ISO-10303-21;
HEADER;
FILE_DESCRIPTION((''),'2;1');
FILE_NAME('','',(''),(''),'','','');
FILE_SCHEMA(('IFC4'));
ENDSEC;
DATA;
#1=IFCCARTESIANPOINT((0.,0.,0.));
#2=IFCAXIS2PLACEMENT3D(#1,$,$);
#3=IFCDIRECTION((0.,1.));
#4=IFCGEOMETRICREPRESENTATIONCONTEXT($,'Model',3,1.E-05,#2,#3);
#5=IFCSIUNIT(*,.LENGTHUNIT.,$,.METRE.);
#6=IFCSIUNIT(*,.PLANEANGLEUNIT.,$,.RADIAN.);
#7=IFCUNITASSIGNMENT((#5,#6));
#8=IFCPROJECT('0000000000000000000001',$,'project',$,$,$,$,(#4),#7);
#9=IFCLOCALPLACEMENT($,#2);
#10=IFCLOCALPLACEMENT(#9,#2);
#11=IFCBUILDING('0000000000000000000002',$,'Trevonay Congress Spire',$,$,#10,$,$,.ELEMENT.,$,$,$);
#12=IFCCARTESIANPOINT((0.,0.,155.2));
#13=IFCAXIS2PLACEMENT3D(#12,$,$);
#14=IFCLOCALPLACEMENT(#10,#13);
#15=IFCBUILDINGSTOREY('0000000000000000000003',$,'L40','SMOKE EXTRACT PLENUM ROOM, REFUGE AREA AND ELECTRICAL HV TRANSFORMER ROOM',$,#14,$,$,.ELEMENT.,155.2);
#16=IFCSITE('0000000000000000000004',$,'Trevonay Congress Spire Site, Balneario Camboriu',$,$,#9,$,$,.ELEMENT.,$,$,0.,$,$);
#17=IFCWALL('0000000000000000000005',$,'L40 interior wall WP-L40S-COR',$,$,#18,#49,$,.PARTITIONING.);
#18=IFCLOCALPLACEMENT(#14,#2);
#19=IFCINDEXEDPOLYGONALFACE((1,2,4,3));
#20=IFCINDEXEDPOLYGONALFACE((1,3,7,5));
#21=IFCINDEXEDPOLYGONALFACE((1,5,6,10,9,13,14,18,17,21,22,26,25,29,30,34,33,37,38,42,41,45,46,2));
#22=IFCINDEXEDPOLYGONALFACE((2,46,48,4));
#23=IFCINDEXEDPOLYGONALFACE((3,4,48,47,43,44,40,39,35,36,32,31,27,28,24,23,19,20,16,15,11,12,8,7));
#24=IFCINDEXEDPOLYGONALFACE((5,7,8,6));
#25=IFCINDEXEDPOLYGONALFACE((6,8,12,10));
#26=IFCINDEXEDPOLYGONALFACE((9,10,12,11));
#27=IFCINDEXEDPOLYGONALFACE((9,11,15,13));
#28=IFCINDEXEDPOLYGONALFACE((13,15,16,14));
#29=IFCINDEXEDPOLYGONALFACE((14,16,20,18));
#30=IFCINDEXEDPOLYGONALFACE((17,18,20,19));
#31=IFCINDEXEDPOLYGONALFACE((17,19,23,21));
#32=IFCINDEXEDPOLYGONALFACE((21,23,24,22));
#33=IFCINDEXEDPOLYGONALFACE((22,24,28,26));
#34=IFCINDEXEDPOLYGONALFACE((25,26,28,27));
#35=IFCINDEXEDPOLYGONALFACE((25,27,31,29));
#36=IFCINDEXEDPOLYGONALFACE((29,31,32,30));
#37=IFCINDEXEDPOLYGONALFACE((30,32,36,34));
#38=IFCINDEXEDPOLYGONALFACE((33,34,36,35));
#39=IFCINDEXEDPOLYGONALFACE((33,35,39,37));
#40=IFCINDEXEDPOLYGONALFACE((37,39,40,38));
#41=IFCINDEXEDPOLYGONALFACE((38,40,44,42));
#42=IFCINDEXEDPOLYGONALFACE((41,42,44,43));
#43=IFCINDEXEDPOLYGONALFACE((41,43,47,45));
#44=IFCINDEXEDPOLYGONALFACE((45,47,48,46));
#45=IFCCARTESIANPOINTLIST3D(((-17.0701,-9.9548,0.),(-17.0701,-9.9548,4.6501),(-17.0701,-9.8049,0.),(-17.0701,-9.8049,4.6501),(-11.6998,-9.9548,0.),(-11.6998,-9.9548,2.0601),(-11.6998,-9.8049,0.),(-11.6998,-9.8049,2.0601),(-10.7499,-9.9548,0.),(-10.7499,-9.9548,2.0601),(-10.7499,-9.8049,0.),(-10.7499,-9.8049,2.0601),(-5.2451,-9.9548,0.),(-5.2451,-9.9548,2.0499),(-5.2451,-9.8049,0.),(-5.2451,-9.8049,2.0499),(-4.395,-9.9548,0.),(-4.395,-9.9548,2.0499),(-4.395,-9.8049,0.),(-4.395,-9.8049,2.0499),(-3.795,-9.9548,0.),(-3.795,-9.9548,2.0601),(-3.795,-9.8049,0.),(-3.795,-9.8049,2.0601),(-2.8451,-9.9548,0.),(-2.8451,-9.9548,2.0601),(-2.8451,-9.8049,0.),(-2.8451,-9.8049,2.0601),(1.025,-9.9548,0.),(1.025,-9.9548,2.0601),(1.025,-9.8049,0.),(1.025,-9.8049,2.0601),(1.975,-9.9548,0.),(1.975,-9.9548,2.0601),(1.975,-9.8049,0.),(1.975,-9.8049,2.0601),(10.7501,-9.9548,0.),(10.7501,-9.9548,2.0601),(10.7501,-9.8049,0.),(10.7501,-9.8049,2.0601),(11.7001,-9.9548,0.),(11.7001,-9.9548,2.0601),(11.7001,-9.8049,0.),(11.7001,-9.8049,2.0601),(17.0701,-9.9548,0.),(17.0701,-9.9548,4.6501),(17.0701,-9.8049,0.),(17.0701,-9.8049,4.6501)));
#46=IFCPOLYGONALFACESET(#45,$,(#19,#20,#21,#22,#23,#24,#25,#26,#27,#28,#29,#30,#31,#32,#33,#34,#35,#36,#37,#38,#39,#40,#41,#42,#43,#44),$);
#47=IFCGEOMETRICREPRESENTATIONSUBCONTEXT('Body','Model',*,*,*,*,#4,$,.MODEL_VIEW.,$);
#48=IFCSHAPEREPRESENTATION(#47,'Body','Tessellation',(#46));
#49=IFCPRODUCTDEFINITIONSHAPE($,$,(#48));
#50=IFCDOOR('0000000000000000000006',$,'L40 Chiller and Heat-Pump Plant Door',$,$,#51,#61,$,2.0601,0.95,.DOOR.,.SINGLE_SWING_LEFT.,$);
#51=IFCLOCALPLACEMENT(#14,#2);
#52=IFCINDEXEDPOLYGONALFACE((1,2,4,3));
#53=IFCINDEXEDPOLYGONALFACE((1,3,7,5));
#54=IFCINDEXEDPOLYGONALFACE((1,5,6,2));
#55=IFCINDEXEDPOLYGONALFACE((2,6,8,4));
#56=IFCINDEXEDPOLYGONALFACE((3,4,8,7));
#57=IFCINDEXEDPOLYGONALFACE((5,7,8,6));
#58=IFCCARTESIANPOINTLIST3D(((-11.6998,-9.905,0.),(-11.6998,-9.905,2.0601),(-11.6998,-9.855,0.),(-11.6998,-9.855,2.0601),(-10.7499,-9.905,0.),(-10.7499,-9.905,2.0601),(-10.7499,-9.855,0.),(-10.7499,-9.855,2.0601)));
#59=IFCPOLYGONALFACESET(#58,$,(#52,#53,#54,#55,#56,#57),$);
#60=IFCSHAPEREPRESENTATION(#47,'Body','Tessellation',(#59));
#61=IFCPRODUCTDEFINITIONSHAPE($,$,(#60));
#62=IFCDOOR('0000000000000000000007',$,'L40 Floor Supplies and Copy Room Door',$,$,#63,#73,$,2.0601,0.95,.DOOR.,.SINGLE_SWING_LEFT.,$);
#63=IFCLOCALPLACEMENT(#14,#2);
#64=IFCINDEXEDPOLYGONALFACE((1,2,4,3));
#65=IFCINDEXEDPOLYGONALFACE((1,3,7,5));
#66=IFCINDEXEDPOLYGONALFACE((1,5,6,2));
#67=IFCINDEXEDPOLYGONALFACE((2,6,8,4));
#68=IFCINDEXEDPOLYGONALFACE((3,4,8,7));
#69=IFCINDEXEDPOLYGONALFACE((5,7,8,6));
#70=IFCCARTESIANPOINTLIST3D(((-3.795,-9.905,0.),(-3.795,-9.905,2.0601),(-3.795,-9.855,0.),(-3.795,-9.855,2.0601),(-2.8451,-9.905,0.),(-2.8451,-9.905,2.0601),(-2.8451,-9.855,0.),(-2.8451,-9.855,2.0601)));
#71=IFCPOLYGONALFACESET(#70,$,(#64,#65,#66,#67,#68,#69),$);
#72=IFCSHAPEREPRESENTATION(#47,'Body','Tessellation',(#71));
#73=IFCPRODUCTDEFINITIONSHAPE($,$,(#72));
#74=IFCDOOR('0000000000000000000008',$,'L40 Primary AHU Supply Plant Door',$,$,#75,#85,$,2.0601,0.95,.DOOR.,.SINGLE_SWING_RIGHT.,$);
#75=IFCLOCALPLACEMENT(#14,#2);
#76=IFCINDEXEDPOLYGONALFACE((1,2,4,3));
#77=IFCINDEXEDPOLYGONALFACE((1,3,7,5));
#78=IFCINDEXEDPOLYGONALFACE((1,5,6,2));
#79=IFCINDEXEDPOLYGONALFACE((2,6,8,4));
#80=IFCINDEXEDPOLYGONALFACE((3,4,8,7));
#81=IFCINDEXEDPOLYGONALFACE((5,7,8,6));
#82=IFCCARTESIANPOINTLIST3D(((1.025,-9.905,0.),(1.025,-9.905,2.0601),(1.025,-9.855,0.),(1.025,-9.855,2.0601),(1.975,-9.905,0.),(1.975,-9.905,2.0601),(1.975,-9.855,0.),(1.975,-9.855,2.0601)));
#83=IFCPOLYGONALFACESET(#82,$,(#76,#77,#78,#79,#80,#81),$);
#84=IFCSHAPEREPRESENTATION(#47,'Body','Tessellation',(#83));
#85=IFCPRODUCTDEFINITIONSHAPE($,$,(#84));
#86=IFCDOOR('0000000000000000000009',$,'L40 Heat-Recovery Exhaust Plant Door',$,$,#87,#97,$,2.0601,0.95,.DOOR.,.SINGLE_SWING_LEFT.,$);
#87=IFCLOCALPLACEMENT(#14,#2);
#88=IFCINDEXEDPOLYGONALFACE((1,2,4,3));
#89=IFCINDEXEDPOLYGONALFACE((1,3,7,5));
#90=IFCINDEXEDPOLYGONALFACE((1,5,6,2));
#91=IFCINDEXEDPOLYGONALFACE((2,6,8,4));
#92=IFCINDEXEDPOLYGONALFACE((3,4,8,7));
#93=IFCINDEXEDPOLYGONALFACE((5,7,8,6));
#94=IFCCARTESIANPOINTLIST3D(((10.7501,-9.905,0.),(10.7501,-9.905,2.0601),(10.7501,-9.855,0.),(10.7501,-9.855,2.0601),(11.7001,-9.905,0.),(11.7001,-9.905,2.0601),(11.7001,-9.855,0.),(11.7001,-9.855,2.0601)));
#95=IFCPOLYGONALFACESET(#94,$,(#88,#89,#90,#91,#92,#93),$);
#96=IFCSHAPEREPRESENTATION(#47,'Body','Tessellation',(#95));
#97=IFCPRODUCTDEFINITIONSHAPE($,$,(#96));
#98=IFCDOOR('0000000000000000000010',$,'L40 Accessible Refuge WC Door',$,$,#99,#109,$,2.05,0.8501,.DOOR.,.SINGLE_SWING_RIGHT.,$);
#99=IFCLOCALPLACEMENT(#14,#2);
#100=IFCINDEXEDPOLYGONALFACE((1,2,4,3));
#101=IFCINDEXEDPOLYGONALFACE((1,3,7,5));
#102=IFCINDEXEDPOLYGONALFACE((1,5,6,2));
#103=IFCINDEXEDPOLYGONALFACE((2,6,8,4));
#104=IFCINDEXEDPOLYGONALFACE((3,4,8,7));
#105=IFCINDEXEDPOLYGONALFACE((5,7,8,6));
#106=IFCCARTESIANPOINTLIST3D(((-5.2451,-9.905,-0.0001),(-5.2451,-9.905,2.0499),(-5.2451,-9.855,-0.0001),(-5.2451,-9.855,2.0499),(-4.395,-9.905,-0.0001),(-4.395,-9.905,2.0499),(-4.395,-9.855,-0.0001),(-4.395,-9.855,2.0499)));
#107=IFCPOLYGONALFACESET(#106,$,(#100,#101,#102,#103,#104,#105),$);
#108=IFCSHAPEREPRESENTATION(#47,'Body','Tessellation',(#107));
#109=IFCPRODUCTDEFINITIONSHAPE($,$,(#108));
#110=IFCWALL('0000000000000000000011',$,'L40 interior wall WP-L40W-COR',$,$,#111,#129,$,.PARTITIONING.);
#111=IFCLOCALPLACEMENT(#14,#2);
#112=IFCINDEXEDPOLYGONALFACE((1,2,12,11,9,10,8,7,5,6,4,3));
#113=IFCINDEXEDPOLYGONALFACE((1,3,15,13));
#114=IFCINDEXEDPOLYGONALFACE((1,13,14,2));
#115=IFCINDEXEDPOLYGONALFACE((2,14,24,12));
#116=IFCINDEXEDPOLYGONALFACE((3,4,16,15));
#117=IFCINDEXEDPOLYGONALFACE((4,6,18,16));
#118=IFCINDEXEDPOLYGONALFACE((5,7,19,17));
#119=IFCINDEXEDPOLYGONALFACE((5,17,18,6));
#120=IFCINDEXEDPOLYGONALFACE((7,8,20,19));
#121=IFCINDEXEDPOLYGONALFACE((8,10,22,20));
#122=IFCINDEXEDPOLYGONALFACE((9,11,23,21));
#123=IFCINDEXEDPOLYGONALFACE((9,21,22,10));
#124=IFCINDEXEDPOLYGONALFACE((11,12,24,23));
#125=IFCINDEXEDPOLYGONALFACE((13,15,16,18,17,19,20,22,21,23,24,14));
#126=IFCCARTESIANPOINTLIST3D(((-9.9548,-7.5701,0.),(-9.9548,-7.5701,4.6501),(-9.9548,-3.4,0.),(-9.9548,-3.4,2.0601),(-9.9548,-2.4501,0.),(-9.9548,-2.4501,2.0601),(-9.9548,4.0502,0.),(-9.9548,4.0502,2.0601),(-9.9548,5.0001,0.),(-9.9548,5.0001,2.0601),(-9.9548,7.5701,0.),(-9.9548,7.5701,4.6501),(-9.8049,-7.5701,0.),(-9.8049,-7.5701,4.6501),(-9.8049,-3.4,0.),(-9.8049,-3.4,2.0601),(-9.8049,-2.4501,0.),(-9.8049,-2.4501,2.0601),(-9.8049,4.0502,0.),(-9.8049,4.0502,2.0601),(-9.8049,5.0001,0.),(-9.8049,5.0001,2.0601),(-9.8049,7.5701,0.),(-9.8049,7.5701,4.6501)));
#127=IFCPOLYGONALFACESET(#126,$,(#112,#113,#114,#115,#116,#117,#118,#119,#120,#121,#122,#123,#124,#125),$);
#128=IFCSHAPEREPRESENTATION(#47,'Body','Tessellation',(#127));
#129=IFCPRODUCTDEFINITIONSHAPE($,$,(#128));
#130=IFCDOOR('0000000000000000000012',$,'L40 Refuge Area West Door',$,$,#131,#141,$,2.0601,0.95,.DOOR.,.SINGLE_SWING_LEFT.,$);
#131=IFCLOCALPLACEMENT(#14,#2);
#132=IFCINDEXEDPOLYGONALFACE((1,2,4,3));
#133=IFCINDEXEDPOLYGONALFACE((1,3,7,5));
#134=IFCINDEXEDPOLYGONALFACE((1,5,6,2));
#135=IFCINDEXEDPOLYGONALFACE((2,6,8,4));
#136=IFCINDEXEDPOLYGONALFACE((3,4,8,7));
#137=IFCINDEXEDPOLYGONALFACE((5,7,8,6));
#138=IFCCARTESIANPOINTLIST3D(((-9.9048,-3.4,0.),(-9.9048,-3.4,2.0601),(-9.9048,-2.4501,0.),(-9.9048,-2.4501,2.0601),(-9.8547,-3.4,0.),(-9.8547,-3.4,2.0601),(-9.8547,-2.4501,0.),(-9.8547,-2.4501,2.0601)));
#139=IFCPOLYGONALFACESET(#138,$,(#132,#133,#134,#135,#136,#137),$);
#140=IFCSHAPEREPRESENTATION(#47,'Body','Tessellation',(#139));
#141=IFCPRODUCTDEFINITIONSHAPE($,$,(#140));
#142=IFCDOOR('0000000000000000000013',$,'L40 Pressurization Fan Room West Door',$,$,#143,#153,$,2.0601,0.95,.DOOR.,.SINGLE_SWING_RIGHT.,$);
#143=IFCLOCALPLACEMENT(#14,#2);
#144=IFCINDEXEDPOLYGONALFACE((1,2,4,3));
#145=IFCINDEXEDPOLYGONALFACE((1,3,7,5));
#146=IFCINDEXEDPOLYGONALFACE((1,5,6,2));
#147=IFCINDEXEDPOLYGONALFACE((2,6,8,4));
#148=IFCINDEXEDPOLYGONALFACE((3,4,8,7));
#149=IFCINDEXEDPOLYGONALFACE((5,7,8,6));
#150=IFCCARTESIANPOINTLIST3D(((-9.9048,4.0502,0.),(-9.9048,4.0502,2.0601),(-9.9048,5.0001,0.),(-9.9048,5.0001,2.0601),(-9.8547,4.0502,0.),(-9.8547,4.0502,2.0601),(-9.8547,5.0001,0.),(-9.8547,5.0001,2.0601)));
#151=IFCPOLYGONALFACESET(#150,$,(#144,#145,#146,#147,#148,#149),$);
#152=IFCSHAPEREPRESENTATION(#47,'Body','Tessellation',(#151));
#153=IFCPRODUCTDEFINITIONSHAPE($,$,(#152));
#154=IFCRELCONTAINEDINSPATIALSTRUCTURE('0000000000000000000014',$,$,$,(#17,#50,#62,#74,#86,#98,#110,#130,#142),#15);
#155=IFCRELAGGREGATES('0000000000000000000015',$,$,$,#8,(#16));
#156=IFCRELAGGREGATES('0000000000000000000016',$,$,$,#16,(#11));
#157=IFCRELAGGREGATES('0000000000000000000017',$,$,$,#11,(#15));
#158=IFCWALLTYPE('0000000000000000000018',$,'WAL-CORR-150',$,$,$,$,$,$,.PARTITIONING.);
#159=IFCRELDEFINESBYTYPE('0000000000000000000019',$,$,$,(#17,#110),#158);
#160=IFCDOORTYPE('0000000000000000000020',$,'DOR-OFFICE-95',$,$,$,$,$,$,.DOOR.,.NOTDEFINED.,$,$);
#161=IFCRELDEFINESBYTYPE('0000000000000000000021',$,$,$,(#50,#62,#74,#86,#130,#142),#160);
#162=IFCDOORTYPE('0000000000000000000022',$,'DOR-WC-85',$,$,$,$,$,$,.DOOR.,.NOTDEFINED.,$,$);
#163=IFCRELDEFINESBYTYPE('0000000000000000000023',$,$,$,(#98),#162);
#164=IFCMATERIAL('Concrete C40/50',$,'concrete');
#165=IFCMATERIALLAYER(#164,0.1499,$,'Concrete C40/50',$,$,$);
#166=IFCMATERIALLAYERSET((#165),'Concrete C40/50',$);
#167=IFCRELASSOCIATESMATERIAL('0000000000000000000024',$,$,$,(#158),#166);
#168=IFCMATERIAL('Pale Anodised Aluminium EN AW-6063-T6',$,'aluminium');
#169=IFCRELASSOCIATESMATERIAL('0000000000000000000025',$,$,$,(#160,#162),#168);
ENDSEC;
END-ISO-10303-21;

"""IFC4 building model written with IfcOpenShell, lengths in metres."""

from ifc_helpers import new_model, si_unit, direction, frame, frame_2d, origin, place, context, subcontext, project, spatial, rectangle, extrude, material, layer, layer_set, type_object, element, fill, save


model = new_model("IFC4")

# Units and contexts
model_context = context("Model", 3, precision=1e-05, world=origin(), true_north=direction((0.0, 1.0)))
body_context = subcontext(model_context, "Body", "Model", "MODEL_VIEW")
ifc_project = project(units=[si_unit("LENGTHUNIT", "METRE"), si_unit("PLANEANGLEUNIT", "RADIAN")], contexts=[model_context])

# Site, building, storey
site_placement = place(None, origin())
site = spatial("IfcSite", under=ifc_project, at=site_placement, Name="Trevonay Congress Spire Site, Balneario Camboriu", CompositionType="ELEMENT", RefElevation=0.0)
building_placement = place(site_placement, origin())
building = spatial("IfcBuilding", under=site, at=building_placement, Name="Trevonay Congress Spire", CompositionType="ELEMENT")
storey_placement = place(building_placement, frame((0.0, 0.0, 155.2)))
storey = spatial("IfcBuildingStorey", under=building, at=storey_placement, Name="L40", Description="SMOKE EXTRACT PLENUM ROOM, REFUGE AREA AND ELECTRICAL HV TRANSFORMER ROOM", CompositionType="ELEMENT", Elevation=155.2)

# Walls, openings, doors
ifc_material_1 = material(Name="Concrete C40/50", Category="concrete")
ifc_layer_1 = layer(ifc_material_1, 0.1499, Name="Concrete C40/50")
ifc_layer_set_1 = layer_set([ifc_layer_1], Name="Concrete C40/50")
wall_type_1 = type_object("IfcWallType", Name="WAL-CORR-150", PredefinedType="PARTITIONING", material=ifc_layer_set_1)
wall_1_placement = place(storey_placement, frame((-17.0701, -9.8799, 0.0), z_axis=(0.0, 0.0, 1.0), x_axis=(1.0, 0.0, 0.0)))
wall_1 = element("IfcWall", 1, at=wall_1_placement, inside=storey, type_object=wall_type_1, Name="L40 interior wall WP-L40S-COR", PredefinedType="PARTITIONING", context=body_context, shape_type="SweptSolid", body=[
    extrude(rectangle(XDim=34.1401, YDim=0.1499, at=frame_2d((17.0701, 0.0))), origin(), (0.0, 0.0, 1.0), 4.6501),
])
opening_1_placement = place(wall_1_placement, frame((5.3701, 0.0, 0.0)))
opening_1 = element("IfcOpeningElement", 2, at=opening_1_placement, cuts=wall_1, PredefinedType="OPENING", context=body_context, shape_type="SweptSolid", body=[
    extrude(rectangle(XDim=0.95, YDim=2.0601, at=frame_2d((0.4751, 1.03))), frame((0.0, 0.085, 0.0), z_axis=(0.0, -1.0, 0.0), x_axis=(1.0, 0.0, 0.0)), (0.0, 0.0, 1.0), 0.1699),
])
opening_2_placement = place(wall_1_placement, frame((11.825, 0.0, 0.0)))
opening_2 = element("IfcOpeningElement", 3, at=opening_2_placement, cuts=wall_1, PredefinedType="OPENING", context=body_context, shape_type="SweptSolid", body=[
    extrude(rectangle(XDim=0.8501, YDim=2.05, at=frame_2d((0.425, 1.0249))), frame((0.0, 0.085, 0.0), z_axis=(0.0, -1.0, 0.0), x_axis=(1.0, 0.0, 0.0)), (0.0, 0.0, 1.0), 0.1699),
])
opening_3_placement = place(wall_1_placement, frame((13.2749, 0.0, 0.0)))
opening_3 = element("IfcOpeningElement", 4, at=opening_3_placement, cuts=wall_1, PredefinedType="OPENING", context=body_context, shape_type="SweptSolid", body=[
    extrude(rectangle(XDim=0.95, YDim=2.0601, at=frame_2d((0.4751, 1.03))), frame((0.0, 0.085, 0.0), z_axis=(0.0, -1.0, 0.0), x_axis=(1.0, 0.0, 0.0)), (0.0, 0.0, 1.0), 0.1699),
])
opening_4_placement = place(wall_1_placement, frame((18.095, 0.0, 0.0)))
opening_4 = element("IfcOpeningElement", 5, at=opening_4_placement, cuts=wall_1, PredefinedType="OPENING", context=body_context, shape_type="SweptSolid", body=[
    extrude(rectangle(XDim=0.95, YDim=2.0601, at=frame_2d((0.4751, 1.03))), frame((0.0, 0.085, 0.0), z_axis=(0.0, -1.0, 0.0), x_axis=(1.0, 0.0, 0.0)), (0.0, 0.0, 1.0), 0.1699),
])
opening_5_placement = place(wall_1_placement, frame((27.8201, 0.0, 0.0)))
opening_5 = element("IfcOpeningElement", 6, at=opening_5_placement, cuts=wall_1, PredefinedType="OPENING", context=body_context, shape_type="SweptSolid", body=[
    extrude(rectangle(XDim=0.95, YDim=2.0601, at=frame_2d((0.4751, 1.03))), frame((0.0, 0.085, 0.0), z_axis=(0.0, -1.0, 0.0), x_axis=(1.0, 0.0, 0.0)), (0.0, 0.0, 1.0), 0.1699),
])
ifc_material_2 = material(Name="Pale Anodised Aluminium EN AW-6063-T6", Category="aluminium")
door_type_1 = type_object("IfcDoorType", Name="DOR-OFFICE-95", OperationType="NOTDEFINED", PredefinedType="DOOR", material=ifc_material_2)
door_1_placement = place(opening_1_placement, origin())
door_1 = element("IfcDoor", 7, at=door_1_placement, inside=storey, type_object=door_type_1, Name="L40 Chiller and Heat-Pump Plant Door", OperationType="SINGLE_SWING_LEFT", OverallHeight=2.0601, OverallWidth=0.95, PredefinedType="DOOR", context=body_context, shape_type="SweptSolid", body=[
    extrude(rectangle(XDim=0.95, YDim=2.0601, at=frame_2d((0.4751, 1.03))), frame((0.0, 0.0249, 0.0), z_axis=(0.0, -1.0, 0.0), x_axis=(1.0, 0.0, 0.0)), (0.0, 0.0, 1.0), 0.05),
])
fill(opening_1, door_1)
door_2_placement = place(opening_3_placement, origin())
door_2 = element("IfcDoor", 8, at=door_2_placement, inside=storey, type_object=door_type_1, Name="L40 Floor Supplies and Copy Room Door", OperationType="SINGLE_SWING_LEFT", OverallHeight=2.0601, OverallWidth=0.95, PredefinedType="DOOR", context=body_context, shape_type="SweptSolid", body=[
    extrude(rectangle(XDim=0.95, YDim=2.0601, at=frame_2d((0.4751, 1.03))), frame((0.0, 0.0249, 0.0), z_axis=(0.0, -1.0, 0.0), x_axis=(1.0, 0.0, 0.0)), (0.0, 0.0, 1.0), 0.05),
])
fill(opening_3, door_2)
door_3_placement = place(opening_4_placement, origin())
door_3 = element("IfcDoor", 9, at=door_3_placement, inside=storey, type_object=door_type_1, Name="L40 Primary AHU Supply Plant Door", OperationType="SINGLE_SWING_RIGHT", OverallHeight=2.0601, OverallWidth=0.95, PredefinedType="DOOR", context=body_context, shape_type="SweptSolid", body=[
    extrude(rectangle(XDim=0.95, YDim=2.0601, at=frame_2d((0.4751, 1.03))), frame((0.0, 0.0249, 0.0), z_axis=(0.0, -1.0, 0.0), x_axis=(1.0, 0.0, 0.0)), (0.0, 0.0, 1.0), 0.05),
])
fill(opening_4, door_3)
door_4_placement = place(opening_5_placement, origin())
door_4 = element("IfcDoor", 10, at=door_4_placement, inside=storey, type_object=door_type_1, Name="L40 Heat-Recovery Exhaust Plant Door", OperationType="SINGLE_SWING_LEFT", OverallHeight=2.0601, OverallWidth=0.95, PredefinedType="DOOR", context=body_context, shape_type="SweptSolid", body=[
    extrude(rectangle(XDim=0.95, YDim=2.0601, at=frame_2d((0.4751, 1.03))), frame((0.0, 0.0249, 0.0), z_axis=(0.0, -1.0, 0.0), x_axis=(1.0, 0.0, 0.0)), (0.0, 0.0, 1.0), 0.05),
])
fill(opening_5, door_4)
door_type_2 = type_object("IfcDoorType", Name="DOR-WC-85", OperationType="NOTDEFINED", PredefinedType="DOOR", material=ifc_material_2)
door_5_placement = place(opening_2_placement, origin())
door_5 = element("IfcDoor", 11, at=door_5_placement, inside=storey, type_object=door_type_2, Name="L40 Accessible Refuge WC Door", OperationType="SINGLE_SWING_RIGHT", OverallHeight=2.05, OverallWidth=0.8501, PredefinedType="DOOR", context=body_context, shape_type="SweptSolid", body=[
    extrude(rectangle(XDim=0.8501, YDim=2.05, at=frame_2d((0.425, 1.0249))), frame((0.0, 0.0249, 0.0), z_axis=(0.0, -1.0, 0.0), x_axis=(1.0, 0.0, 0.0)), (0.0, 0.0, 1.0), 0.05),
])
fill(opening_2, door_5)
wall_2_placement = place(storey_placement, frame((-9.8799, -7.5701, 0.0), z_axis=(0.0, 0.0, 1.0), x_axis=(0.0, 1.0, 0.0)))
wall_2 = element("IfcWall", 12, at=wall_2_placement, inside=storey, type_object=wall_type_1, Name="L40 interior wall WP-L40W-COR", PredefinedType="PARTITIONING", context=body_context, shape_type="SweptSolid", body=[
    extrude(rectangle(XDim=15.1401, YDim=0.1499, at=frame_2d((7.5701, 0.0))), origin(), (0.0, 0.0, 1.0), 4.6501),
])
opening_6_placement = place(wall_2_placement, frame((4.1699, 0.0, 0.0)))
opening_6 = element("IfcOpeningElement", 13, at=opening_6_placement, cuts=wall_2, PredefinedType="OPENING", context=body_context, shape_type="SweptSolid", body=[
    extrude(rectangle(XDim=0.95, YDim=2.0601, at=frame_2d((0.4751, 1.03))), frame((0.0, 0.085, 0.0), z_axis=(0.0, -1.0, 0.0), x_axis=(1.0, 0.0, 0.0)), (0.0, 0.0, 1.0), 0.1699),
])
opening_7_placement = place(wall_2_placement, frame((11.6201, 0.0, 0.0)))
opening_7 = element("IfcOpeningElement", 14, at=opening_7_placement, cuts=wall_2, PredefinedType="OPENING", context=body_context, shape_type="SweptSolid", body=[
    extrude(rectangle(XDim=0.95, YDim=2.0601, at=frame_2d((0.4751, 1.03))), frame((0.0, 0.085, 0.0), z_axis=(0.0, -1.0, 0.0), x_axis=(1.0, 0.0, 0.0)), (0.0, 0.0, 1.0), 0.1699),
])
door_6_placement = place(opening_6_placement, origin())
door_6 = element("IfcDoor", 15, at=door_6_placement, inside=storey, type_object=door_type_1, Name="L40 Refuge Area West Door", OperationType="SINGLE_SWING_LEFT", OverallHeight=2.0601, OverallWidth=0.95, PredefinedType="DOOR", context=body_context, shape_type="SweptSolid", body=[
    extrude(rectangle(XDim=0.95, YDim=2.0601, at=frame_2d((0.4751, 1.03))), frame((0.0, 0.0249, 0.0), z_axis=(0.0, -1.0, 0.0), x_axis=(1.0, 0.0, 0.0)), (0.0, 0.0, 1.0), 0.05),
])
fill(opening_6, door_6)
door_7_placement = place(opening_7_placement, origin())
door_7 = element("IfcDoor", 16, at=door_7_placement, inside=storey, type_object=door_type_1, Name="L40 Pressurization Fan Room West Door", OperationType="SINGLE_SWING_RIGHT", OverallHeight=2.0601, OverallWidth=0.95, PredefinedType="DOOR", context=body_context, shape_type="SweptSolid", body=[
    extrude(rectangle(XDim=0.95, YDim=2.0601, at=frame_2d((0.4751, 1.03))), frame((0.0, 0.0249, 0.0), z_axis=(0.0, -1.0, 0.0), x_axis=(1.0, 0.0, 0.0)), (0.0, 0.0, 1.0), 0.05),
])
fill(opening_7, door_7)

save(model, "model.ifc")
